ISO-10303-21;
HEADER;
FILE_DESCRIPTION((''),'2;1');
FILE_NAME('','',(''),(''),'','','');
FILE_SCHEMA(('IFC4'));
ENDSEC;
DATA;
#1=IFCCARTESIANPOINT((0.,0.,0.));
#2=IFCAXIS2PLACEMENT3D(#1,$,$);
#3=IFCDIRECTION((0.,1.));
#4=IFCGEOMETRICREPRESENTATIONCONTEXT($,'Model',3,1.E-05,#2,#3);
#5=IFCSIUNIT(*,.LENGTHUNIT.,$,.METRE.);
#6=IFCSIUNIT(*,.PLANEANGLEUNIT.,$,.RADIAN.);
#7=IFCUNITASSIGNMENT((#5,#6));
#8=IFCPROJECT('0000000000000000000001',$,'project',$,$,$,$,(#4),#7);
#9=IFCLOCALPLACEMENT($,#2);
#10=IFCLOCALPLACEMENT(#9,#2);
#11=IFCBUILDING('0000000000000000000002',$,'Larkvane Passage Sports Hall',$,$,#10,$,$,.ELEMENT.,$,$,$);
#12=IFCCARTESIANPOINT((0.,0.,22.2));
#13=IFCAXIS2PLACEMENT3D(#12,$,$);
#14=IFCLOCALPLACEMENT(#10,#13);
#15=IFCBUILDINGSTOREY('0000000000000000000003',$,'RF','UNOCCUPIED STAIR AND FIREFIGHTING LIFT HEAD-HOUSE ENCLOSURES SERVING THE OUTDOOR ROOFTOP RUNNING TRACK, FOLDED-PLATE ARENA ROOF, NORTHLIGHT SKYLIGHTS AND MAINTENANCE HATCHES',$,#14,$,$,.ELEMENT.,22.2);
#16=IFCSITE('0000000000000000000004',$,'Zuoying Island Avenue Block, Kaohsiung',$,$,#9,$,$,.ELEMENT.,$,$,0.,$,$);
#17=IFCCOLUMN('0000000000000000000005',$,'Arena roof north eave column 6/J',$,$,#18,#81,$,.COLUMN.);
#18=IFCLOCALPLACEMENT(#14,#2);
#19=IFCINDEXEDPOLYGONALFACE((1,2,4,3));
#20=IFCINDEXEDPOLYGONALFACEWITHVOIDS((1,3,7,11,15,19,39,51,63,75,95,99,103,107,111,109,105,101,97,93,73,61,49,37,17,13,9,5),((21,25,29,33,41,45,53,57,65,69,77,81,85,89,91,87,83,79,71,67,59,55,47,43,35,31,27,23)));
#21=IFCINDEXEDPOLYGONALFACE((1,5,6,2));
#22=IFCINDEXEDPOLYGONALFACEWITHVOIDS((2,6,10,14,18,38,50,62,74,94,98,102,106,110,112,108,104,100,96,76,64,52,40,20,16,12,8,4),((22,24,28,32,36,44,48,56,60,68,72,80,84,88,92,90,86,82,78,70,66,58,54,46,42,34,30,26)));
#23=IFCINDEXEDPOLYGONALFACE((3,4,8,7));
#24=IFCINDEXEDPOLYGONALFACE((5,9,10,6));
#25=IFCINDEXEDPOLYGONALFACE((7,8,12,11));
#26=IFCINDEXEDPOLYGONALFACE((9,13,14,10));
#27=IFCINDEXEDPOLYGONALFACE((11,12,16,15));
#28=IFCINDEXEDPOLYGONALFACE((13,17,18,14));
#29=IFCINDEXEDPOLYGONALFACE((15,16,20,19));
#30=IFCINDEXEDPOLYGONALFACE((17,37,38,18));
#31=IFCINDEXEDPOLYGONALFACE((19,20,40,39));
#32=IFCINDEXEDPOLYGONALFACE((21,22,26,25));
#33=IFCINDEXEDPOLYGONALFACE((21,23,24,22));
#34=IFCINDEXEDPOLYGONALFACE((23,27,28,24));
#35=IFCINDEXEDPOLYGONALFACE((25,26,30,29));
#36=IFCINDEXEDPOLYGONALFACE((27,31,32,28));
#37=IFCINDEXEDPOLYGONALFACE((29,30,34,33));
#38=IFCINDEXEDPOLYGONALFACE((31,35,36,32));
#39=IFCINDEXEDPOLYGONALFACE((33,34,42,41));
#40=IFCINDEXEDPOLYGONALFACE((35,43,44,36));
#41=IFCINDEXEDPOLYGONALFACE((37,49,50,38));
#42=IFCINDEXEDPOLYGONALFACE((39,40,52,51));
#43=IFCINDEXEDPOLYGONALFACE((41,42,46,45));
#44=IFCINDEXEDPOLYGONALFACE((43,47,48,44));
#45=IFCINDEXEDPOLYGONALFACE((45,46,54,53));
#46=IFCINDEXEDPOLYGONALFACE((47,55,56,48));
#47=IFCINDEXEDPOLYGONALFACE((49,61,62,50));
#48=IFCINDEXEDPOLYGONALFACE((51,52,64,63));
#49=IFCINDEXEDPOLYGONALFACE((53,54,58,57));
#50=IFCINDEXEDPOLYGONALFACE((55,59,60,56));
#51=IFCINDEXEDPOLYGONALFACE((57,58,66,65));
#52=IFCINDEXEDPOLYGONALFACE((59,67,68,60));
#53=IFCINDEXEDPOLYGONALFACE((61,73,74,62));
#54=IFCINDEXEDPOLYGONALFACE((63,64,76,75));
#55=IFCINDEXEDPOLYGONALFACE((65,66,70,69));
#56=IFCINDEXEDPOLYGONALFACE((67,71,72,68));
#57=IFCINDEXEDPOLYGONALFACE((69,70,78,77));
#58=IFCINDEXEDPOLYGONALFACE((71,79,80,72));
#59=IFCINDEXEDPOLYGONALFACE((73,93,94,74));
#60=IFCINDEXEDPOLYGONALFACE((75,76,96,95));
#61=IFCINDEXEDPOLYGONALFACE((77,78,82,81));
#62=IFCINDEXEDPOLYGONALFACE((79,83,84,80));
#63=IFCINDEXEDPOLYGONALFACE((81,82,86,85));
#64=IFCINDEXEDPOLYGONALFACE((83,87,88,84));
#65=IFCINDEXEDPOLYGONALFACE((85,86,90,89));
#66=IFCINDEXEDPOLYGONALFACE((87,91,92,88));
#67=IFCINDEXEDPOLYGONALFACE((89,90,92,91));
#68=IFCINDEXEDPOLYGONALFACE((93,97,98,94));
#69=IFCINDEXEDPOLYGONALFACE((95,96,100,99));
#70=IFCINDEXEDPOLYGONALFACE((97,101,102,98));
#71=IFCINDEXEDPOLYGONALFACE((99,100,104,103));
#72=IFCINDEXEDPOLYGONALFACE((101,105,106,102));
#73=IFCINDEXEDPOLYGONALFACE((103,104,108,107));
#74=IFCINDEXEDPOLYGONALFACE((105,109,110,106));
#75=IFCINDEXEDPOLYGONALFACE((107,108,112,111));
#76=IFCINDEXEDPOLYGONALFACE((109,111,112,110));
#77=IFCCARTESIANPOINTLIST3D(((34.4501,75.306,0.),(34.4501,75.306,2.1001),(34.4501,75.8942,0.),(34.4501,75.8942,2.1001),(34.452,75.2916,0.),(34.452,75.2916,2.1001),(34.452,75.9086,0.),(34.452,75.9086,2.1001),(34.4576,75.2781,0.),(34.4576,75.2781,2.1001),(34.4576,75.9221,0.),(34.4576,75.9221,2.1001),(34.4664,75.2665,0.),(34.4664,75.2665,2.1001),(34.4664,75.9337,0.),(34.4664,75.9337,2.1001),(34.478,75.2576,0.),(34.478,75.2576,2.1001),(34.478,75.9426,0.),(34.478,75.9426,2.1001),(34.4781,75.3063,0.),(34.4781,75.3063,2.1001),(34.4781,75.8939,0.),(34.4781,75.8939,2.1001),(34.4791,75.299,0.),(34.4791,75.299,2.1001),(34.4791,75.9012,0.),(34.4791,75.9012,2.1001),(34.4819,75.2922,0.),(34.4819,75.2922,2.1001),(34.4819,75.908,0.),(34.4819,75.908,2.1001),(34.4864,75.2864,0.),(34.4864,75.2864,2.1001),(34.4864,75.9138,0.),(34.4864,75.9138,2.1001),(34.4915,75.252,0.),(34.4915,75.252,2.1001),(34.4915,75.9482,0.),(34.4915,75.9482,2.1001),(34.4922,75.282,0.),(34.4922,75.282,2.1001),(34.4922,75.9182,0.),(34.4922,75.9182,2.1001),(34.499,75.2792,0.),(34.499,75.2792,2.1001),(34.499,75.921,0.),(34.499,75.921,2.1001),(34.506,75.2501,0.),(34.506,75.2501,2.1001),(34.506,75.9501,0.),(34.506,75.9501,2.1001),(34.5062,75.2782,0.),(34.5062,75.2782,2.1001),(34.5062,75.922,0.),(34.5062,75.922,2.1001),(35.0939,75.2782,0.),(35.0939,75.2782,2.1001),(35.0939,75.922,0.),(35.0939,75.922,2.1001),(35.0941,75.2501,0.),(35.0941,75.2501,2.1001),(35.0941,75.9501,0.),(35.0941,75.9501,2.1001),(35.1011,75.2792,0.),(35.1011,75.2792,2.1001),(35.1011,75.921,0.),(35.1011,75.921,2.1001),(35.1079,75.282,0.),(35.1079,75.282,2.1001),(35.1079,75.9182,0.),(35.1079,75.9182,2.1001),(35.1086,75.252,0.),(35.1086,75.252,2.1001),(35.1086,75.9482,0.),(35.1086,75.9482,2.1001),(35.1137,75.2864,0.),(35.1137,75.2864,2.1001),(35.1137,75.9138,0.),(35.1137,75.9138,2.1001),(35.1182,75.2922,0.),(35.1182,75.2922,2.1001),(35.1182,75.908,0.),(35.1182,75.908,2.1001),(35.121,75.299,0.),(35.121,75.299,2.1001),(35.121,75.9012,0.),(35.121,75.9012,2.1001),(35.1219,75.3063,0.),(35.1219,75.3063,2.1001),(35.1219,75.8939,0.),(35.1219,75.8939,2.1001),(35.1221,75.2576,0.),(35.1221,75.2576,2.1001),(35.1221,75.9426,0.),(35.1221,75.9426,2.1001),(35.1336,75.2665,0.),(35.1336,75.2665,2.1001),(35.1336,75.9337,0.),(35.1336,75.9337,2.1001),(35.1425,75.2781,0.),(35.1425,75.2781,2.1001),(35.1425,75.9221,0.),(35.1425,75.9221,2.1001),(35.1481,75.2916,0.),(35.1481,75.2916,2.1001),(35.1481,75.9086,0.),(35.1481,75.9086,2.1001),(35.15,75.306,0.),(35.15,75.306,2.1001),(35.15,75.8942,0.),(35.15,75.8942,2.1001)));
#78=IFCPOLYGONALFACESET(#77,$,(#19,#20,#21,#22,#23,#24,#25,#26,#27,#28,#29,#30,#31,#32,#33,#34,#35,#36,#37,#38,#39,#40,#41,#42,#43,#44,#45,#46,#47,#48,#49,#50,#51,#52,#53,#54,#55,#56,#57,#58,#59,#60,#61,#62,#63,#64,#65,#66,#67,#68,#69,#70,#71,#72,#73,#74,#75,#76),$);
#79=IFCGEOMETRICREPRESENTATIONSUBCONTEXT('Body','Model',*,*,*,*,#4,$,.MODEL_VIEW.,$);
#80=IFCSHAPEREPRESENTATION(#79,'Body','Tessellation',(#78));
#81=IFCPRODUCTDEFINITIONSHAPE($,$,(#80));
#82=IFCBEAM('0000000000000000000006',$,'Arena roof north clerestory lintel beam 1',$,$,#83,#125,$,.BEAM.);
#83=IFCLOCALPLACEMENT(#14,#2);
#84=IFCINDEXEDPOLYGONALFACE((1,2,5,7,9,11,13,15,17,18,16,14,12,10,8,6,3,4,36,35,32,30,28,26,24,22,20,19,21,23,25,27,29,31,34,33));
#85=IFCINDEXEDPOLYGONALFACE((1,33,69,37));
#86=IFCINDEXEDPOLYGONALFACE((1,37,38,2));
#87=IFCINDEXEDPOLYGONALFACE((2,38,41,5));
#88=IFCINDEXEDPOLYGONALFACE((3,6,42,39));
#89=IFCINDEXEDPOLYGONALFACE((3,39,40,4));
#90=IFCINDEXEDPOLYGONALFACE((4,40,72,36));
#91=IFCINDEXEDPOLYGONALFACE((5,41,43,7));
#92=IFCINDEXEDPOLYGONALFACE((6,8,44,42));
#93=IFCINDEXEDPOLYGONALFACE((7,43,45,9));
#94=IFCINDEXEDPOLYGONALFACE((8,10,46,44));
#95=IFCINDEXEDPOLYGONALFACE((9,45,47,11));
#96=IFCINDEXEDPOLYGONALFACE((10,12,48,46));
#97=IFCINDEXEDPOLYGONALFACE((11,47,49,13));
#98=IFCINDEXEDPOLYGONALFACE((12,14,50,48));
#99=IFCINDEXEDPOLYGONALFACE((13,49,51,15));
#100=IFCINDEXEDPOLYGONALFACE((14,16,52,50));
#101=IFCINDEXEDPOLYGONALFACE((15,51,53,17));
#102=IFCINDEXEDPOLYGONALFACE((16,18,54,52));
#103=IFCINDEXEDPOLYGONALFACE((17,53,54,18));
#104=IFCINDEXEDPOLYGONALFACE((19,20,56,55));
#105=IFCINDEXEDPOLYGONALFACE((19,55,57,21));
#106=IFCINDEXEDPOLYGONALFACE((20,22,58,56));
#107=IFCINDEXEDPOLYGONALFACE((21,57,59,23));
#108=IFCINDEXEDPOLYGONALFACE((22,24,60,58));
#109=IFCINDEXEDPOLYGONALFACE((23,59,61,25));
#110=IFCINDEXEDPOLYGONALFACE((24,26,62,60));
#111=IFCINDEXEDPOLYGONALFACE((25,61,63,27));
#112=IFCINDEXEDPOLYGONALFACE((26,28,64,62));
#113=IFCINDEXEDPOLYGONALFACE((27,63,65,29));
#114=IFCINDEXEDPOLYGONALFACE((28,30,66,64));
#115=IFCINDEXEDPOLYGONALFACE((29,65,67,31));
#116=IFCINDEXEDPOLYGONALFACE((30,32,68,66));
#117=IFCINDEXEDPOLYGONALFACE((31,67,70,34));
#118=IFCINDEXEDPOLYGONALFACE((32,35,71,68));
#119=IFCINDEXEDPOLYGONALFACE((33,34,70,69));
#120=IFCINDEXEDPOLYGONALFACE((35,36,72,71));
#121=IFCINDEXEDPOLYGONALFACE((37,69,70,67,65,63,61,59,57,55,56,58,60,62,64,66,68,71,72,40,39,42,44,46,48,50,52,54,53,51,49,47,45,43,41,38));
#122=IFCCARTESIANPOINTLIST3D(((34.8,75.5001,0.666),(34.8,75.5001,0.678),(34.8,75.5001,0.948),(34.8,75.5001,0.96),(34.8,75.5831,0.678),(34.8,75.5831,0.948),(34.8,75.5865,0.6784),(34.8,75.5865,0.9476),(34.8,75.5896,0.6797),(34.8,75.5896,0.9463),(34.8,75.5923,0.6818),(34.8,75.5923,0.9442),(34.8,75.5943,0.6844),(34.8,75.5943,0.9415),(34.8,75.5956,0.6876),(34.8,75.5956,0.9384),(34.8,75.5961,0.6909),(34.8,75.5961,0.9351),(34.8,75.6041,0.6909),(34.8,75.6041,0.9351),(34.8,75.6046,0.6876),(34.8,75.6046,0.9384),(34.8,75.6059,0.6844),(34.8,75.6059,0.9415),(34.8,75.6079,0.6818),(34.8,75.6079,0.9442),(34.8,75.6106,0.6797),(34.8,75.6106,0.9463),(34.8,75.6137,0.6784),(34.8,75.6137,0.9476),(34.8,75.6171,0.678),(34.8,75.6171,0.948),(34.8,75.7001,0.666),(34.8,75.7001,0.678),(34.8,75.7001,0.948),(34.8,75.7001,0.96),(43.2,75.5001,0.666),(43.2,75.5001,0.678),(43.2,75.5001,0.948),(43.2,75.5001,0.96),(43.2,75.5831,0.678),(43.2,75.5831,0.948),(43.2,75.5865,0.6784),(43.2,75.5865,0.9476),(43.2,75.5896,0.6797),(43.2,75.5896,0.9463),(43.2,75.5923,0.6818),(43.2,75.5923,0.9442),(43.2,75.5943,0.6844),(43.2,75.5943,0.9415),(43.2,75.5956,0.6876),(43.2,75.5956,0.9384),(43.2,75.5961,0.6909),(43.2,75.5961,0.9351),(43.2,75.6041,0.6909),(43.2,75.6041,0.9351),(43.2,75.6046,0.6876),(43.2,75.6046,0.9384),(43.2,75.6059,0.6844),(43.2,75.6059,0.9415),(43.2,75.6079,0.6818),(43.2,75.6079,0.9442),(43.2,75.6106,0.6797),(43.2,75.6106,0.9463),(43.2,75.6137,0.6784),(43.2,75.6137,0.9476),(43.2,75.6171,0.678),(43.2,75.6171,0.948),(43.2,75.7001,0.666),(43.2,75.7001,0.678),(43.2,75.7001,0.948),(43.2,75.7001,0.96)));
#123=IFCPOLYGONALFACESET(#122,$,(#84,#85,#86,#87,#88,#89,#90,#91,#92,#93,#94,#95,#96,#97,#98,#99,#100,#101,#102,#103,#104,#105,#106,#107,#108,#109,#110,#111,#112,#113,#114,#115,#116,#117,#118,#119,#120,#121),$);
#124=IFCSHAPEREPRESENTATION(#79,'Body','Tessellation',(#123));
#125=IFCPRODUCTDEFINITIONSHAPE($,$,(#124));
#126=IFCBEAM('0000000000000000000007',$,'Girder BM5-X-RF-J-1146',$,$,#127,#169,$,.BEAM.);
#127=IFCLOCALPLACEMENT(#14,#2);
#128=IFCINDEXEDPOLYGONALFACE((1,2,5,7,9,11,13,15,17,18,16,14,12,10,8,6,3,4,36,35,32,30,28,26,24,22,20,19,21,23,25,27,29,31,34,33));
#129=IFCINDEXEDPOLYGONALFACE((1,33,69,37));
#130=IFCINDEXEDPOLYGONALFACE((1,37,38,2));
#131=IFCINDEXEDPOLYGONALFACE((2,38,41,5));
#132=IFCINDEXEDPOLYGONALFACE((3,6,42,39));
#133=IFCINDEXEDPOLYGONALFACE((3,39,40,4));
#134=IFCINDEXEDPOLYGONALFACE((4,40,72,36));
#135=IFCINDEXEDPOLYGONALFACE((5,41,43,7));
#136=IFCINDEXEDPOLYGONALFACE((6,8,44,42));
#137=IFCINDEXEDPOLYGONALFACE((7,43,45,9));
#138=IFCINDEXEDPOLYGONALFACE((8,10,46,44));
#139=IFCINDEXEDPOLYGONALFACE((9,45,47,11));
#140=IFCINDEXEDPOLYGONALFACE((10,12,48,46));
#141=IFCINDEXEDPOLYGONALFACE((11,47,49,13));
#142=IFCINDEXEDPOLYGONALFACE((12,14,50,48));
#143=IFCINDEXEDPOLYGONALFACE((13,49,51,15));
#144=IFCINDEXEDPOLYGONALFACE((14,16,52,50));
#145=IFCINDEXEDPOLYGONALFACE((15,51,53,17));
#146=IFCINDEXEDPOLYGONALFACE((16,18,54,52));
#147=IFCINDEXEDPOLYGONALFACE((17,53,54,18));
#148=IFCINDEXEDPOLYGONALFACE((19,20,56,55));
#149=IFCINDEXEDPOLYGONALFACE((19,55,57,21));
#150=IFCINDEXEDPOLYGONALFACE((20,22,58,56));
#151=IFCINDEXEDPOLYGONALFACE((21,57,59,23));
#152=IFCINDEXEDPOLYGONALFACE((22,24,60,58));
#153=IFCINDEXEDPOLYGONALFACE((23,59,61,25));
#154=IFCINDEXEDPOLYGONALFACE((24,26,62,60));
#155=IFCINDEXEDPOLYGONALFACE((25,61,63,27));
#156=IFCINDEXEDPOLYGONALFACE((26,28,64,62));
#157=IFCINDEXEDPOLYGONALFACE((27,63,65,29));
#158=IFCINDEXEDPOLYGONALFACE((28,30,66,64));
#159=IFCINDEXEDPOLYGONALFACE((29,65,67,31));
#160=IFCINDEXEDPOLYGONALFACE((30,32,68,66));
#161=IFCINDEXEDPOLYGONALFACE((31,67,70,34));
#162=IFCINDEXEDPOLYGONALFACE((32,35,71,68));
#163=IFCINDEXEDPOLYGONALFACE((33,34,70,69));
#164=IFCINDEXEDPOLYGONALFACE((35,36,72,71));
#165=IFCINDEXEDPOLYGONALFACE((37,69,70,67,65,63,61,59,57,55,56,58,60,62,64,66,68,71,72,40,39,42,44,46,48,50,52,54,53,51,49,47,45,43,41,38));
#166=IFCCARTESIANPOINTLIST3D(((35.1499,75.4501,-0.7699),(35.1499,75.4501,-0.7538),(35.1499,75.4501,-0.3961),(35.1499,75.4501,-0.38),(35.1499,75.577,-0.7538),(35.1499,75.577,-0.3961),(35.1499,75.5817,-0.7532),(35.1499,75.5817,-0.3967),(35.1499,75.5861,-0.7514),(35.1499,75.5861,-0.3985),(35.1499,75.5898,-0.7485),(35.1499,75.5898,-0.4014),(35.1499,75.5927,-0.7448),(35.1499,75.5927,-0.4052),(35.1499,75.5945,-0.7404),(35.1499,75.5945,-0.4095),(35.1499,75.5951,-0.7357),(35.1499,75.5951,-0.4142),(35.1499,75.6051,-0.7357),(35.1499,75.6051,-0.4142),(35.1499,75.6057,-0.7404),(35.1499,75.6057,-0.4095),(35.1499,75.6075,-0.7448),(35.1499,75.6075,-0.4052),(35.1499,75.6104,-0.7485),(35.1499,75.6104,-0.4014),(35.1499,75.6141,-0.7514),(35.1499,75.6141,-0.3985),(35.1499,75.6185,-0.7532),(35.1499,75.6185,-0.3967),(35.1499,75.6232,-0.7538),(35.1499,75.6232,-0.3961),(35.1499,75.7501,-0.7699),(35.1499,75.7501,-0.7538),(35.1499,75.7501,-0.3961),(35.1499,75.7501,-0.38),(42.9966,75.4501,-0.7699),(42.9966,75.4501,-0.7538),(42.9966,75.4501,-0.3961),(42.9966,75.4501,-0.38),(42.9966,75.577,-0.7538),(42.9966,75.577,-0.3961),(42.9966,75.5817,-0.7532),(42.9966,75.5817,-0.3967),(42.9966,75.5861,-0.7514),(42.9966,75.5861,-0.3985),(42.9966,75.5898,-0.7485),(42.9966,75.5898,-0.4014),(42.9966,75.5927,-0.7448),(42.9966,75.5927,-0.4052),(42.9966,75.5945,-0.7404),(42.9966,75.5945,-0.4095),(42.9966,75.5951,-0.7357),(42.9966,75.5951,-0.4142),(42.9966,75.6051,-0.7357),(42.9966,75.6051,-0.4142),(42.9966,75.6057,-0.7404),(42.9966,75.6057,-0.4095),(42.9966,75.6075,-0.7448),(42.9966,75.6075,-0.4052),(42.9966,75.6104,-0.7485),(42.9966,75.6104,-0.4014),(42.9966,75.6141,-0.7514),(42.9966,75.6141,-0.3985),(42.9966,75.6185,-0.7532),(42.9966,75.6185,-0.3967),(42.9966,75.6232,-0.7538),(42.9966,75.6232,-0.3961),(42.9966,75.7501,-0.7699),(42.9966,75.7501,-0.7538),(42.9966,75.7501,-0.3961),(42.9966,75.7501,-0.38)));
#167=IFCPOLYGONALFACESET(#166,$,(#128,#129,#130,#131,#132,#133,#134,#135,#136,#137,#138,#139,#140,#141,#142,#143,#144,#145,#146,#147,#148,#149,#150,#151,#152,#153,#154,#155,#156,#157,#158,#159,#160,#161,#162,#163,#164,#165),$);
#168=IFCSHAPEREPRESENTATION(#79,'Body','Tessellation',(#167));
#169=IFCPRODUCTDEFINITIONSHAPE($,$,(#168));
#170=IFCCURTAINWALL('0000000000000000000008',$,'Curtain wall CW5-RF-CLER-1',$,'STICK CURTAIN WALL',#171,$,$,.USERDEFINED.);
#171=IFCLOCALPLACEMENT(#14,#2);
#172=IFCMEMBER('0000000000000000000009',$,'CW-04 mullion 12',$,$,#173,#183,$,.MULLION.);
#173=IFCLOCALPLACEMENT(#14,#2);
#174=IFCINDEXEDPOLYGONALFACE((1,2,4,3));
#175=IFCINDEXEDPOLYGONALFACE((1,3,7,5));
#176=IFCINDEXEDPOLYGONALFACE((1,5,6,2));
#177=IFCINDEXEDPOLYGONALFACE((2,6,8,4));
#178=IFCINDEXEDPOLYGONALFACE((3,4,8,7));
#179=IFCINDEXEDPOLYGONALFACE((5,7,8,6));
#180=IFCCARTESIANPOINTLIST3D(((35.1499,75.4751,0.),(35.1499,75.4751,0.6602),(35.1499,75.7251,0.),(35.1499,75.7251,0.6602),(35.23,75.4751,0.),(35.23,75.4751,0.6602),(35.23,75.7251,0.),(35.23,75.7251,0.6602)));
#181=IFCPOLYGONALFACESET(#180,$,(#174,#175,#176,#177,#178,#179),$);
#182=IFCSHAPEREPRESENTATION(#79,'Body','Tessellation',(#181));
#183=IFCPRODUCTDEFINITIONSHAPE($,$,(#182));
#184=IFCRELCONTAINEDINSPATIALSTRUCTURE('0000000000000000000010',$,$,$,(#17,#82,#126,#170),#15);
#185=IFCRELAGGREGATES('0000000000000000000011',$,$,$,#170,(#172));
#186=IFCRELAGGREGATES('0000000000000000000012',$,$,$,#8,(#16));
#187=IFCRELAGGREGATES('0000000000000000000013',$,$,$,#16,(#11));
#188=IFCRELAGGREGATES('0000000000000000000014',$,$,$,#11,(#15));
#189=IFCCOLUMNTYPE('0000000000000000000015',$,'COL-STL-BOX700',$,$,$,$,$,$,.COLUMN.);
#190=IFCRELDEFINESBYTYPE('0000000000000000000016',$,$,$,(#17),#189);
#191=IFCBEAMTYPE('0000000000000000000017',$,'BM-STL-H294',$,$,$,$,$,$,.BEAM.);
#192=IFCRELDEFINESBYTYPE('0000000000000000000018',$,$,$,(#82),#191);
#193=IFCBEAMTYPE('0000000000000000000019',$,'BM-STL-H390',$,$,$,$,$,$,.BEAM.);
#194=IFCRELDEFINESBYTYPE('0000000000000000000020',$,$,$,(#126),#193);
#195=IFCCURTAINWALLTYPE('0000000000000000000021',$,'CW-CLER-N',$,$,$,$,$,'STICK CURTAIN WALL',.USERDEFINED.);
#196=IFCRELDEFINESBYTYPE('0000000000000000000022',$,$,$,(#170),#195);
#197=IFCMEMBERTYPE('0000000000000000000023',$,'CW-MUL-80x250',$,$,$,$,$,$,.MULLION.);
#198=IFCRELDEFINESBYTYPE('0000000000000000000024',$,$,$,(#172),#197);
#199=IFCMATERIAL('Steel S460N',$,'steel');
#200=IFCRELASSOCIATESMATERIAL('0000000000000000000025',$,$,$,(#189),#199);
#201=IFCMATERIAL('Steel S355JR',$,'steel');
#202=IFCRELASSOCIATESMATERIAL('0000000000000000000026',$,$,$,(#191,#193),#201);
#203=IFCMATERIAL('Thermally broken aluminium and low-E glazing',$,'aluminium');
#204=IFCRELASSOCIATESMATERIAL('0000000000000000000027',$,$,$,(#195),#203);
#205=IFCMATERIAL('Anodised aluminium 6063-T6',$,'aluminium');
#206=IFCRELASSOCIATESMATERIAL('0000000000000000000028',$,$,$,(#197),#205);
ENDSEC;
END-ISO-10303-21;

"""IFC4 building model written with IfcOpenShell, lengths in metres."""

from ifc_helpers import new_model, si_unit, direction, frame, origin, origin_2d, place, context, subcontext, project, spatial, rectangle, hollow_rectangle, i_section, extrude, material, material_profile, profile_set, type_object, element, aggregate, save


model = new_model("IFC4")

# Units and contexts
model_context = context("Model", 3, precision=1e-05, world=origin(), true_north=direction((0.0, 1.0)))
body_context = subcontext(model_context, "Body", "Model", "MODEL_VIEW")
ifc_project = project(units=[si_unit("LENGTHUNIT", "METRE"), si_unit("PLANEANGLEUNIT", "RADIAN")], contexts=[model_context])

# Site, building, storey
site_placement = place(None, origin())
site = spatial("IfcSite", under=ifc_project, at=site_placement, Name="Zuoying Island Avenue Block, Kaohsiung", CompositionType="ELEMENT", RefElevation=0.0)
building_placement = place(site_placement, origin())
building = spatial("IfcBuilding", under=site, at=building_placement, Name="Larkvane Passage Sports Hall", CompositionType="ELEMENT")
storey_placement = place(building_placement, frame((0.0, 0.0, 22.2)))
storey = spatial("IfcBuildingStorey", under=building, at=storey_placement, Name="RF", Description="UNOCCUPIED STAIR AND FIREFIGHTING LIFT HEAD-HOUSE ENCLOSURES SERVING THE OUTDOOR ROOFTOP RUNNING TRACK, FOLDED-PLATE ARENA ROOF, NORTHLIGHT SKYLIGHTS AND MAINTENANCE HATCHES", CompositionType="ELEMENT", Elevation=22.2)

# Column
ifc_material_1 = material(Name="Steel S460N", Category="steel")
ifc_material_profile_1 = material_profile(ifc_material_1, hollow_rectangle(XDim=0.7, YDim=0.7, WallThickness=0.0281, InnerFilletRadius=0.0281, OuterFilletRadius=0.0559, at=origin_2d()), Name="BOX-700x700x28")
ifc_profile_set_1 = profile_set([ifc_material_profile_1], Name="Steel S460N")
column_type = type_object("IfcColumnType", Name="COL-STL-BOX700", PredefinedType="COLUMN", material=ifc_profile_set_1)
column_placement = place(storey_placement, frame((34.8, 75.6001, 0.0), z_axis=(0.0, 0.0, 1.0), x_axis=(1.0, 0.0, 0.0)))
element("IfcColumn", 1, at=column_placement, inside=storey, type_object=column_type, Name="Arena roof north eave column 6/J", PredefinedType="COLUMN", context=body_context, shape_type="SweptSolid", body=[
    extrude(hollow_rectangle(XDim=0.7, YDim=0.7, WallThickness=0.0281, InnerFilletRadius=0.0281, OuterFilletRadius=0.0559, at=origin_2d()), origin(), (0.0, 0.0, 1.0), 2.1001),
])

# Beams
ifc_material_2 = material(Name="Steel S355JR", Category="steel")
ifc_material_profile_2 = material_profile(ifc_material_2, i_section(OverallWidth=0.2, OverallDepth=0.2939, WebThickness=0.0081, FlangeThickness=0.012, FilletRadius=0.0129, at=origin_2d()), Name="H-294x200x8x12")
ifc_profile_set_2 = profile_set([ifc_material_profile_2], Name="Steel S355JR")
beam_type_1 = type_object("IfcBeamType", Name="BM-STL-H294", PredefinedType="BEAM", material=ifc_profile_set_2)
beam_1_placement = place(storey_placement, frame((34.8, 75.6001, 0.813), z_axis=(1.0, 0.0, 0.0), x_axis=(0.0, 1.0, 0.0)))
element("IfcBeam", 2, at=beam_1_placement, inside=storey, type_object=beam_type_1, Name="Arena roof north clerestory lintel beam 1", PredefinedType="BEAM", context=body_context, shape_type="SweptSolid", body=[
    extrude(i_section(OverallWidth=0.2, OverallDepth=0.2939, WebThickness=0.0081, FlangeThickness=0.012, FilletRadius=0.0129, at=origin_2d()), origin(), (0.0, 0.0, 1.0), 8.3999),
])
ifc_material_profile_3 = material_profile(ifc_material_2, i_section(OverallWidth=0.3, OverallDepth=0.3899, WebThickness=0.01, FlangeThickness=0.0161, FilletRadius=0.0181, at=origin_2d()), Name="H-390x300x10x16")
ifc_profile_set_3 = profile_set([ifc_material_profile_3], Name="Steel S355JR")
beam_type_2 = type_object("IfcBeamType", Name="BM-STL-H390", PredefinedType="BEAM", material=ifc_profile_set_3)
beam_2_placement = place(storey_placement, frame((35.1499, 75.6001, -0.575), z_axis=(1.0, 0.0, 0.0), x_axis=(0.0, 1.0, 0.0)))
element("IfcBeam", 3, at=beam_2_placement, inside=storey, type_object=beam_type_2, Name="Girder BM5-X-RF-J-1146", PredefinedType="BEAM", context=body_context, shape_type="SweptSolid", body=[
    extrude(i_section(OverallWidth=0.3, OverallDepth=0.3899, WebThickness=0.01, FlangeThickness=0.0161, FilletRadius=0.0181, at=origin_2d()), origin(), (0.0, 0.0, 1.0), 7.8467),
])

# Curtain wall, member
ifc_material_3 = material(Name="Thermally broken aluminium and low-E glazing", Category="aluminium")
curtain_wall_type = type_object("IfcCurtainWallType", Name="CW-CLER-N", ElementType="STICK CURTAIN WALL", PredefinedType="USERDEFINED", material=ifc_material_3)
curtain_wall_placement = place(storey_placement, origin())
curtain_wall = element("IfcCurtainWall", 4, at=curtain_wall_placement, inside=storey, type_object=curtain_wall_type, Name="Curtain wall CW5-RF-CLER-1", ObjectType="STICK CURTAIN WALL", PredefinedType="USERDEFINED")
ifc_material_4 = material(Name="Anodised aluminium 6063-T6", Category="aluminium")
ifc_material_profile_4 = material_profile(ifc_material_4, rectangle(XDim=0.0801, YDim=0.25, at=origin_2d()), Name="ALU-MUL-80x250")
ifc_profile_set_4 = profile_set([ifc_material_profile_4], Name="Anodised aluminium 6063-T6")
member_type_1 = type_object("IfcMemberType", Name="CW-MUL-80x250", PredefinedType="MULLION", material=ifc_profile_set_4)
member_1_placement = place(storey_placement, frame((35.1899, 75.6001, 0.0), z_axis=(0.0, 0.0, 1.0), x_axis=(-1.0, 0.0, 0.0)))
member_1 = element("IfcMember", 5, at=member_1_placement, type_object=member_type_1, Name="CW-04 mullion 12", PredefinedType="MULLION", context=body_context, shape_type="SweptSolid", body=[
    extrude(rectangle(XDim=0.0801, YDim=0.25, at=origin_2d()), origin(), (0.0, 0.0, 1.0), 0.6602),
])
aggregate(curtain_wall, [member_1])

save(model, "model.ifc")
